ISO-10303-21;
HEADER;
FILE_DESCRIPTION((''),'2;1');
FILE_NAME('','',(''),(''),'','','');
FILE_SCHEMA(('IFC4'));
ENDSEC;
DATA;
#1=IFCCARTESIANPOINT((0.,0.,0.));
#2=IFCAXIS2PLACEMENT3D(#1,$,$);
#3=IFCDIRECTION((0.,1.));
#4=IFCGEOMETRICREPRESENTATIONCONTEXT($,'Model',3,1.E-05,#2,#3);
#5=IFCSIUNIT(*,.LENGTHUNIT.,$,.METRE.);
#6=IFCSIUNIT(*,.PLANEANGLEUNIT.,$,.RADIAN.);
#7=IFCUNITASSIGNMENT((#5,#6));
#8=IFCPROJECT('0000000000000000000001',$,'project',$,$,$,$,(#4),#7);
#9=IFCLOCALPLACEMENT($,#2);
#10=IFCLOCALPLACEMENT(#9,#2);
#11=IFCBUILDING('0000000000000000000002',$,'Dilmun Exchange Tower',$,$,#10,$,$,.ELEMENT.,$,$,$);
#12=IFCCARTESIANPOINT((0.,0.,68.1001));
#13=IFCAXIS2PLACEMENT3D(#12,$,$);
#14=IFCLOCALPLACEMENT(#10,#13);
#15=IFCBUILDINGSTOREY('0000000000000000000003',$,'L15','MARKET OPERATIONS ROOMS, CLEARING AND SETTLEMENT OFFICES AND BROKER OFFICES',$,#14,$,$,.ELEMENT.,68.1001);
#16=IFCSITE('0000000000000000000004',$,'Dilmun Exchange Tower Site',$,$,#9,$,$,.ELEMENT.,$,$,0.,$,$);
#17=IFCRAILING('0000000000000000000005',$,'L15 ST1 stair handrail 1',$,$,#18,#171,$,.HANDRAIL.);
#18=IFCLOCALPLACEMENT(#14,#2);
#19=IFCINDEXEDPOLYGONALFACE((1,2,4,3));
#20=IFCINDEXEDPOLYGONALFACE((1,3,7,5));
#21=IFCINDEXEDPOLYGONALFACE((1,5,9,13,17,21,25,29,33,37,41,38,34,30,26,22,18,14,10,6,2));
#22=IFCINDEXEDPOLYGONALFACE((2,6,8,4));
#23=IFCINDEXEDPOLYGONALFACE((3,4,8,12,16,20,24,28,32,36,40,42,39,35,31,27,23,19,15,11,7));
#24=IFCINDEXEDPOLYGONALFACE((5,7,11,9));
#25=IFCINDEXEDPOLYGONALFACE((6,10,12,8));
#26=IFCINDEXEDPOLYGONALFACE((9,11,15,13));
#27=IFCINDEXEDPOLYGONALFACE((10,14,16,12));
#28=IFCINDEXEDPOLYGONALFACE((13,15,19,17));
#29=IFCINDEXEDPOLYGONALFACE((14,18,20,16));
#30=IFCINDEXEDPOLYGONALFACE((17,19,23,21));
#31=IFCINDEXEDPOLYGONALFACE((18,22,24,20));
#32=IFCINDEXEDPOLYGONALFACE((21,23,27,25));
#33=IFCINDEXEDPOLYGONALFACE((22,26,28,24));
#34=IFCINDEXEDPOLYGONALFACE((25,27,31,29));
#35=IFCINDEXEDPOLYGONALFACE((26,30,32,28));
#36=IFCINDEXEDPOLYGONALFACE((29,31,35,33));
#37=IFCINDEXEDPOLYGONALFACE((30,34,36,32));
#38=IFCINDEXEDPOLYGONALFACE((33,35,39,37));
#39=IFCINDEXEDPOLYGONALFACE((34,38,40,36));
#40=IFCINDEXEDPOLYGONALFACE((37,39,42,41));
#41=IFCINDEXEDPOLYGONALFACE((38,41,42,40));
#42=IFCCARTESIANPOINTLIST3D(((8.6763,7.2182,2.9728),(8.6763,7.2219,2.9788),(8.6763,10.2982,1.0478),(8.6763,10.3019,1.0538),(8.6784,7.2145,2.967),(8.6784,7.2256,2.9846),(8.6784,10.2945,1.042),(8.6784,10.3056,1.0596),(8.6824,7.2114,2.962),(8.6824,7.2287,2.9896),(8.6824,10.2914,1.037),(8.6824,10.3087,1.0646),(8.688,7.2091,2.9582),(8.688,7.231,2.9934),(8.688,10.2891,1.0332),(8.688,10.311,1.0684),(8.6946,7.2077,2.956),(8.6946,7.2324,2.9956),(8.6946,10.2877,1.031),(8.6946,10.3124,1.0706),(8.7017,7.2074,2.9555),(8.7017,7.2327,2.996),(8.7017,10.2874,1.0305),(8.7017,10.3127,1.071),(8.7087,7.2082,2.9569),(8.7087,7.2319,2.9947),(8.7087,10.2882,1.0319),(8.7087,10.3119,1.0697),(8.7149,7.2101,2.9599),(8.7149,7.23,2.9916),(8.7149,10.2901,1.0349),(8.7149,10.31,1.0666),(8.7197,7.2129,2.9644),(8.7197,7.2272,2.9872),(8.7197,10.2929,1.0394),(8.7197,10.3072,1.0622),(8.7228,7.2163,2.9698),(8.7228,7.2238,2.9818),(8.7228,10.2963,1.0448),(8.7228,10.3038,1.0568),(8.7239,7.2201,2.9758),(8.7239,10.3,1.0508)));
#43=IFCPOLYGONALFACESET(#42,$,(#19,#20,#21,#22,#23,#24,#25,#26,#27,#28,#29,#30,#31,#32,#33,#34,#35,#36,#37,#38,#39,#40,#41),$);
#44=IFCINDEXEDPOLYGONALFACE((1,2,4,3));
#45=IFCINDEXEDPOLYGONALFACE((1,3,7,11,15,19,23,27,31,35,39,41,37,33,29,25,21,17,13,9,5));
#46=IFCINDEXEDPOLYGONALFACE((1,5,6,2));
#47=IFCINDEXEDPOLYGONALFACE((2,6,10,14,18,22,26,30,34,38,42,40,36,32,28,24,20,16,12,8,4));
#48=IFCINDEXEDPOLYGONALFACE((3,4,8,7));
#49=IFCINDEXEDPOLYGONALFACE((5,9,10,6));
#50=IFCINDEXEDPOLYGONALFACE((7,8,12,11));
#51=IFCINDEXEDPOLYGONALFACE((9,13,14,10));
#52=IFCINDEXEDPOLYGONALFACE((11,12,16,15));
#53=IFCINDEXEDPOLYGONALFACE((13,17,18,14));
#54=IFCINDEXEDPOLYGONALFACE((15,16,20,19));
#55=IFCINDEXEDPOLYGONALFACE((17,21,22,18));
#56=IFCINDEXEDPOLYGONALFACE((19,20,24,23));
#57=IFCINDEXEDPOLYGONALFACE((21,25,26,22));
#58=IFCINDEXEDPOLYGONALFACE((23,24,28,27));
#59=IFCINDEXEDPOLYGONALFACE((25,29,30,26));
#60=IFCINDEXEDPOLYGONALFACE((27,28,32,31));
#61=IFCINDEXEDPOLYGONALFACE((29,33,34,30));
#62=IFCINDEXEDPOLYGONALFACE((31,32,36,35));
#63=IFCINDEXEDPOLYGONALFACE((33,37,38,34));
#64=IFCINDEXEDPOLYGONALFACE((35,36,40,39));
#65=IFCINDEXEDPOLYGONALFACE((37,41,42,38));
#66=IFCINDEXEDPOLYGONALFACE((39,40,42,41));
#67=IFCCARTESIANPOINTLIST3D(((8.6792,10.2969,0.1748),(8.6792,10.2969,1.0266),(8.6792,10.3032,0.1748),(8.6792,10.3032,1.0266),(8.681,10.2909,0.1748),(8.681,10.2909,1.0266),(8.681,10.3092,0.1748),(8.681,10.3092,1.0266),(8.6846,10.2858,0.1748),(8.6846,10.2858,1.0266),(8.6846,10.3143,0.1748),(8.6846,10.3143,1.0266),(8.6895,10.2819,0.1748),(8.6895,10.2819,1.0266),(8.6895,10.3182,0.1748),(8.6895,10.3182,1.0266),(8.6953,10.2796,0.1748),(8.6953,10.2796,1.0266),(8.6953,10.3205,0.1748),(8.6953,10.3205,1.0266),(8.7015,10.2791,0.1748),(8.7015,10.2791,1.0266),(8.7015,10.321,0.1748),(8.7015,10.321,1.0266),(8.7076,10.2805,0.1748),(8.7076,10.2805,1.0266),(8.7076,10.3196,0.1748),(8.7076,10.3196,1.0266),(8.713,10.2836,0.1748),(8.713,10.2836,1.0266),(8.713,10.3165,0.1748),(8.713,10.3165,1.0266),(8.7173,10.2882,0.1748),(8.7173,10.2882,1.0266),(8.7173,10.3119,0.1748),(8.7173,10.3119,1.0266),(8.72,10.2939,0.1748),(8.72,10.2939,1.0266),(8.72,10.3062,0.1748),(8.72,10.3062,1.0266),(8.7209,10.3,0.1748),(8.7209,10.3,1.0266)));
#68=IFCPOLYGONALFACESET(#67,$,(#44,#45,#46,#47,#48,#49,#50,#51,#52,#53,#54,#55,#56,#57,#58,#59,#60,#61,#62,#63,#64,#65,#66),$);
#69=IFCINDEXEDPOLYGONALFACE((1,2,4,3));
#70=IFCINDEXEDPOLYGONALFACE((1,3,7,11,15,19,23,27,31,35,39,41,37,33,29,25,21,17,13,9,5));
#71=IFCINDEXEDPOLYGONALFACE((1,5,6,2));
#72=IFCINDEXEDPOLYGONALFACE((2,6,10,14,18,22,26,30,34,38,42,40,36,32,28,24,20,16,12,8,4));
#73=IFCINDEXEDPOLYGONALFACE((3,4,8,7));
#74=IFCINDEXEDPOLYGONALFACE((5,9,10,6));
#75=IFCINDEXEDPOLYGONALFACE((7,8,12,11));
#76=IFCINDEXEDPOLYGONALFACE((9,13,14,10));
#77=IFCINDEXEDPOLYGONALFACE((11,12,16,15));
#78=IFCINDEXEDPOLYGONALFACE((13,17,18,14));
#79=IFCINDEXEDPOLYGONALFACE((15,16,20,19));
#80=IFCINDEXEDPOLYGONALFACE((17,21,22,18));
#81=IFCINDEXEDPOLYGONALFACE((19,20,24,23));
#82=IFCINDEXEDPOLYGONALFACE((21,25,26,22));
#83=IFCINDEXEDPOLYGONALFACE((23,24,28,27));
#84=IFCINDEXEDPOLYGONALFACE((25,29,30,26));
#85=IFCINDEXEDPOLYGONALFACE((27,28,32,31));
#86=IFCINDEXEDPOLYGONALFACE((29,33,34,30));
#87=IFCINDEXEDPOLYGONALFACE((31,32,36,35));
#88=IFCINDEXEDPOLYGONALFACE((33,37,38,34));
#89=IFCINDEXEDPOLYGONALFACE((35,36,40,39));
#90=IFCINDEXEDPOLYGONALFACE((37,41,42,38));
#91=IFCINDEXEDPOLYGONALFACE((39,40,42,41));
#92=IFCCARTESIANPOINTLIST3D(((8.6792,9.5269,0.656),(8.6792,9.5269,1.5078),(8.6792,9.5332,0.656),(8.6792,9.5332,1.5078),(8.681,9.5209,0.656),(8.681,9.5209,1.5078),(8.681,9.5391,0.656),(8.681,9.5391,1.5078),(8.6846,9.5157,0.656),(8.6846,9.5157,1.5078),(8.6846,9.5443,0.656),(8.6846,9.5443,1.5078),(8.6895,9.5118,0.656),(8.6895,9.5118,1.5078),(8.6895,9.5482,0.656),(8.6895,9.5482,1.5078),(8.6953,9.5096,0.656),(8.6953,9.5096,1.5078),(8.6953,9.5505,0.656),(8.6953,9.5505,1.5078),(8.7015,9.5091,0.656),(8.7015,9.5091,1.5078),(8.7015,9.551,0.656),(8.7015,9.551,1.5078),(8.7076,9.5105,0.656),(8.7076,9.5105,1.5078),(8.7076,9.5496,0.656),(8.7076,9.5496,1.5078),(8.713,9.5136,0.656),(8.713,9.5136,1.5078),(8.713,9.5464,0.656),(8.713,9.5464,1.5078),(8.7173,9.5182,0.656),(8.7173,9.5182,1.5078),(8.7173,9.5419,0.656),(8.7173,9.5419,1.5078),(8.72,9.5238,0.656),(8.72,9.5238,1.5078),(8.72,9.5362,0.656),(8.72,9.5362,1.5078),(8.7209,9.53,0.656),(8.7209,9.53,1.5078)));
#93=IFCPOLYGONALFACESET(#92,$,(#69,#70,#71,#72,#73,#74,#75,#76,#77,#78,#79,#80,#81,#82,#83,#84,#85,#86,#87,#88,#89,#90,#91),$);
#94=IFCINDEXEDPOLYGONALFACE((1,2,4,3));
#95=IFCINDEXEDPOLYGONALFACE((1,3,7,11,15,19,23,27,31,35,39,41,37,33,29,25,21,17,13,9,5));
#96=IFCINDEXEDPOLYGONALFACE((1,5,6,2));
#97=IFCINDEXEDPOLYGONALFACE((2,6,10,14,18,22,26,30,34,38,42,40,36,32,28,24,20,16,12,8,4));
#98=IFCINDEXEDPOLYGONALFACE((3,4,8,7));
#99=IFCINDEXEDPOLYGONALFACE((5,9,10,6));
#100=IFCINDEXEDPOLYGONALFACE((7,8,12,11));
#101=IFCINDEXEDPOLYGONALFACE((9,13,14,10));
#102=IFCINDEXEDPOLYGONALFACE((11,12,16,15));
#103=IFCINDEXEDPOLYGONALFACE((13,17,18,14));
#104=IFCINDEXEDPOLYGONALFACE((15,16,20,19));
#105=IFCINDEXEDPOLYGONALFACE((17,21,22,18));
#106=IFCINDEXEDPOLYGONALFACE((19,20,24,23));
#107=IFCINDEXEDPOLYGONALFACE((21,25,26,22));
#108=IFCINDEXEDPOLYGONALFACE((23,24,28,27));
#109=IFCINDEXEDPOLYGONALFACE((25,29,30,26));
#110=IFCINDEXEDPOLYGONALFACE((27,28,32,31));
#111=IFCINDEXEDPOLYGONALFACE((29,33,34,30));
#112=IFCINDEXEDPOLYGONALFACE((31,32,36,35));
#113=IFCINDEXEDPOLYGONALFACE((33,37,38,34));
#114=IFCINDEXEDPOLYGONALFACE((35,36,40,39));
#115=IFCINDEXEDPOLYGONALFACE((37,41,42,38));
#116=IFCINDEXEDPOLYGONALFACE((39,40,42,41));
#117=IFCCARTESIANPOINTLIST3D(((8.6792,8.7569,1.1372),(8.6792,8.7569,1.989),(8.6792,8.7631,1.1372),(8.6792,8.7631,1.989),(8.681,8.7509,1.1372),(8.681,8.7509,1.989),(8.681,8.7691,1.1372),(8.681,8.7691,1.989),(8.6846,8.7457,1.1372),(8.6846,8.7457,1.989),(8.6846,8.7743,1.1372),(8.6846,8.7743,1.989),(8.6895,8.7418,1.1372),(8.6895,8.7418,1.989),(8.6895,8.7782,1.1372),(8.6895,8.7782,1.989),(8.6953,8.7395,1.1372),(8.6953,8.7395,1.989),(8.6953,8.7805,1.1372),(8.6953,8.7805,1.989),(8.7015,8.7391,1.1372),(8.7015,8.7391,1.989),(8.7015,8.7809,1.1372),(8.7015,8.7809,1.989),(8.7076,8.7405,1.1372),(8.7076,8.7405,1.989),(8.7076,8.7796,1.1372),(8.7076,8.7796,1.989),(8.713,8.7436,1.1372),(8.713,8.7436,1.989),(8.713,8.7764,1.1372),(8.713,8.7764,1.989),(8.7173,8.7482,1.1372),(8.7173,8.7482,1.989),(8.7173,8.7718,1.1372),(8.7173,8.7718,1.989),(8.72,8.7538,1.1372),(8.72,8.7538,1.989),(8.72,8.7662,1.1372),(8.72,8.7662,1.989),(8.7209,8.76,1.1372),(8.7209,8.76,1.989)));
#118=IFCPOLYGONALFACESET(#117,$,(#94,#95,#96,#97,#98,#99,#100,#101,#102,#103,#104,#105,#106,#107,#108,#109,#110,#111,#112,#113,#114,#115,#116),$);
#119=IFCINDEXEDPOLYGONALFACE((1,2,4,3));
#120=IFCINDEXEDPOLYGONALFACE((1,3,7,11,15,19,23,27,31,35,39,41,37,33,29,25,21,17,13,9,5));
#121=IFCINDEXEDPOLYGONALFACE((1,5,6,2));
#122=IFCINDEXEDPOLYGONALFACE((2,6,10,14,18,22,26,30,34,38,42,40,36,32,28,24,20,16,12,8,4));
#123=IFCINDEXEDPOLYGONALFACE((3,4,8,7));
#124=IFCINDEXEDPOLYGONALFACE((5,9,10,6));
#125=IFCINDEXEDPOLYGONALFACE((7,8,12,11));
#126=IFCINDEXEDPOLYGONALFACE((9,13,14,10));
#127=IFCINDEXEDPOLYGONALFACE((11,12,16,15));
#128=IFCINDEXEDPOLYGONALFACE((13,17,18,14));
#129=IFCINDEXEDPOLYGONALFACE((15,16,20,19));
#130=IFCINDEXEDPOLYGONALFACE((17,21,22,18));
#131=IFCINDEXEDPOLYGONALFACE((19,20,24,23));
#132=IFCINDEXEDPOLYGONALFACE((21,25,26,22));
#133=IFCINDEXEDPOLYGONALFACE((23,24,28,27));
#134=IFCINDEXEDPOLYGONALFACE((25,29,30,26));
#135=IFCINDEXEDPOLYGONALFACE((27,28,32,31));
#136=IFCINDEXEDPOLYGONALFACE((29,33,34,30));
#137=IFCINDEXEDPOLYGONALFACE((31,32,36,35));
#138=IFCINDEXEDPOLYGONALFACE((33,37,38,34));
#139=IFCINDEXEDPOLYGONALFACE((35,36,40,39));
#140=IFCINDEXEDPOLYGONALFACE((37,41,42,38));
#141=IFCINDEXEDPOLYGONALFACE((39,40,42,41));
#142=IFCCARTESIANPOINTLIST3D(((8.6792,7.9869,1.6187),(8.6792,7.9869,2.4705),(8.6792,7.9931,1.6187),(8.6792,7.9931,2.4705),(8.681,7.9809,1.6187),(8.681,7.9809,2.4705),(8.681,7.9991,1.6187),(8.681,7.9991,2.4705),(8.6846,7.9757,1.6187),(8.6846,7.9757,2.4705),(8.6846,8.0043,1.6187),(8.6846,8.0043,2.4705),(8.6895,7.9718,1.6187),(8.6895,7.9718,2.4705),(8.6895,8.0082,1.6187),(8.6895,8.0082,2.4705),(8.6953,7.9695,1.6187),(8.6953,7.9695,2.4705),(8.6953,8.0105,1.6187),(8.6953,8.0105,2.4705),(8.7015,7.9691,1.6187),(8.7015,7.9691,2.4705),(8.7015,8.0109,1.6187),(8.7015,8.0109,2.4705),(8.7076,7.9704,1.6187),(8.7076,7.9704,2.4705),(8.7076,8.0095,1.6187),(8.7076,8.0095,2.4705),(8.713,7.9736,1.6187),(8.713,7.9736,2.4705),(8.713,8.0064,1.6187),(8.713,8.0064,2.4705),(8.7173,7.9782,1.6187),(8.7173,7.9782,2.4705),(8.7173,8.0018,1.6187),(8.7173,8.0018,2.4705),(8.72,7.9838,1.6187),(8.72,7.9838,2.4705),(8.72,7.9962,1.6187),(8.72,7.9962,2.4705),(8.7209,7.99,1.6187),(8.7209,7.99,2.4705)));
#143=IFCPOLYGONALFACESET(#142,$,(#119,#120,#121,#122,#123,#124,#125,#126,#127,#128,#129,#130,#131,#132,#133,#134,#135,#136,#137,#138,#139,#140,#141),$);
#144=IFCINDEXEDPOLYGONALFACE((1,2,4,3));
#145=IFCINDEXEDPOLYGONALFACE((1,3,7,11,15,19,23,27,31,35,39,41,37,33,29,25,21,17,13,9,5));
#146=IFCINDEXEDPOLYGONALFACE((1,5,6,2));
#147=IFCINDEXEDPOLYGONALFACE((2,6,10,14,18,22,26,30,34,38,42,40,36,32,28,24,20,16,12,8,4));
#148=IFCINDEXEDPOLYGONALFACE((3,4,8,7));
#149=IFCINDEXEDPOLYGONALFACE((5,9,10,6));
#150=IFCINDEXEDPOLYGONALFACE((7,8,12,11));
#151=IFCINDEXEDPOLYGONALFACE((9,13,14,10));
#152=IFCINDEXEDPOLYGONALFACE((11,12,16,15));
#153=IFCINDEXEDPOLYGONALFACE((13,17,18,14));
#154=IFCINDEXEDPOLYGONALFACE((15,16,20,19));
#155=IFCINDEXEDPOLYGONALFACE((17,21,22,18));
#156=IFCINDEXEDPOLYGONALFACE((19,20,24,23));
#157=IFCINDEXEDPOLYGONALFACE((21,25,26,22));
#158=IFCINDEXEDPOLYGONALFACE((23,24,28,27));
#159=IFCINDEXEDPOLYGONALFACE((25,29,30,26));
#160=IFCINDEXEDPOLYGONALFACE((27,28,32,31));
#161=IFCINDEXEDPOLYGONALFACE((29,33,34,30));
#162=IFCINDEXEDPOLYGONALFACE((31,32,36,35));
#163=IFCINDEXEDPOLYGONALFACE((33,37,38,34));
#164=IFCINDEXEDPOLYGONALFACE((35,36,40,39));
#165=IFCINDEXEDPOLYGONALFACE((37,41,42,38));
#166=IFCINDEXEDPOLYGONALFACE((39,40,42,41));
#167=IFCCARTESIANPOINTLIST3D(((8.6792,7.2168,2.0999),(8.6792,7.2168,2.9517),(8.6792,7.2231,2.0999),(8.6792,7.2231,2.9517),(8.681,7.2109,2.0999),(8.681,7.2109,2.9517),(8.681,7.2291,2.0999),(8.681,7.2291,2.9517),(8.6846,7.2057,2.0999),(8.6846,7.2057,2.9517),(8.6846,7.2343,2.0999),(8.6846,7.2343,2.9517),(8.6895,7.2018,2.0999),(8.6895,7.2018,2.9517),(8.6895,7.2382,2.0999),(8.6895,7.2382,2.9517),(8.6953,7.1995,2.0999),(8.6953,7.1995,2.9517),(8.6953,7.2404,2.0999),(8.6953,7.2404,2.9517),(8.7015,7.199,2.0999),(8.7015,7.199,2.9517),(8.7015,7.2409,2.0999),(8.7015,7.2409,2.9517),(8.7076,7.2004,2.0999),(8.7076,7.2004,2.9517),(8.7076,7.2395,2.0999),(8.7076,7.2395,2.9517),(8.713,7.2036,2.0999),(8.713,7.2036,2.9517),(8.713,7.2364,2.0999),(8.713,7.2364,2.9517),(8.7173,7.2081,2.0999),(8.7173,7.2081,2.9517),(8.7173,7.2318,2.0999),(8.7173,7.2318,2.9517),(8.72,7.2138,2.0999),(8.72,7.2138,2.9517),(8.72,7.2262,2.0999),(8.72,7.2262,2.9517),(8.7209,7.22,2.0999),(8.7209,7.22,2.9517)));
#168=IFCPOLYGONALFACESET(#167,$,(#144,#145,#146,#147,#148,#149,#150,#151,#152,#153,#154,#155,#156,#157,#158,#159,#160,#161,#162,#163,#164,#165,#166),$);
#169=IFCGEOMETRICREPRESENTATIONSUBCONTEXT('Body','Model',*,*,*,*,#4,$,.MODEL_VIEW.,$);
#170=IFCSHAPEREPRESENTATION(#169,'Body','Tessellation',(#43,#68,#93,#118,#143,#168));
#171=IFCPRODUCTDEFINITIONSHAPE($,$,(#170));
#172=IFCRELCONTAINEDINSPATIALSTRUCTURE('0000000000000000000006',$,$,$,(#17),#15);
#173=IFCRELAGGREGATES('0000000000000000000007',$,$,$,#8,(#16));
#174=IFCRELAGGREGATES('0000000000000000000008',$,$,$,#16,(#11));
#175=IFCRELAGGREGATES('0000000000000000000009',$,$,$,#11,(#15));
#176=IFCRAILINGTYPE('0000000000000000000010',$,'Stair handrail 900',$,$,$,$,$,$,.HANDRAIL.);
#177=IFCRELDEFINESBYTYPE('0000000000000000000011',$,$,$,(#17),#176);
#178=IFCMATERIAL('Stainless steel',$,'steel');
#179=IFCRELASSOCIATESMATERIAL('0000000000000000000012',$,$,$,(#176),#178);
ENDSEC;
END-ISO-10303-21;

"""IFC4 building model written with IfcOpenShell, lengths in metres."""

from ifc_helpers import new_model, si_unit, direction, frame, origin, origin_2d, place, context, subcontext, project, spatial, circle, extrude, material, type_object, element, save


model = new_model("IFC4")

# Units and contexts
model_context = context("Model", 3, precision=1e-05, world=origin(), true_north=direction((0.0, 1.0)))
body_context = subcontext(model_context, "Body", "Model", "MODEL_VIEW")
ifc_project = project(units=[si_unit("LENGTHUNIT", "METRE"), si_unit("PLANEANGLEUNIT", "RADIAN")], contexts=[model_context])

# Site, building, storey
site_placement = place(None, origin())
site = spatial("IfcSite", under=ifc_project, at=site_placement, Name="Dilmun Exchange Tower Site", CompositionType="ELEMENT", RefElevation=0.0)
building_placement = place(site_placement, origin())
building = spatial("IfcBuilding", under=site, at=building_placement, Name="Dilmun Exchange Tower", CompositionType="ELEMENT")
storey_placement = place(building_placement, frame((0.0, 0.0, 68.1001)))
storey = spatial("IfcBuildingStorey", under=building, at=storey_placement, Name="L15", Description="MARKET OPERATIONS ROOMS, CLEARING AND SETTLEMENT OFFICES AND BROKER OFFICES", CompositionType="ELEMENT", Elevation=68.1001)

# Railing
ifc_material_1 = material(Name="Stainless steel", Category="steel")
railing_type = type_object("IfcRailingType", Name="Stair handrail 900", PredefinedType="HANDRAIL", material=ifc_material_1)
railing_1_placement = place(storey_placement, frame((8.7, 10.3, 0.1748)))
element("IfcRailing", 1, at=railing_1_placement, inside=storey, type_object=railing_type, Name="L15 ST1 stair handrail 1", PredefinedType="HANDRAIL", context=body_context, shape_type="SweptSolid", body=[
    extrude(circle(Radius=0.0239, at=origin_2d()), frame((0.0, 0.0, 0.876), z_axis=(0.0, -0.847998, 0.529999), x_axis=(1.0, 0.0, 0.0)), (0.0, 0.0, 1.0), 3.6321),
    extrude(circle(Radius=0.021, at=origin_2d()), origin(), (0.0, 0.0, 1.0), 0.8518),
    extrude(circle(Radius=0.021, at=origin_2d()), frame((0.0, -0.77, 0.4812)), (0.0, 0.0, 1.0), 0.8518),
    extrude(circle(Radius=0.021, at=origin_2d()), frame((0.0, -1.54, 0.9624)), (0.0, 0.0, 1.0), 0.8518),
    extrude(circle(Radius=0.021, at=origin_2d()), frame((0.0, -2.3101, 1.4438)), (0.0, 0.0, 1.0), 0.8518),
    extrude(circle(Radius=0.021, at=origin_2d()), frame((0.0, -3.0801, 1.925)), (0.0, 0.0, 1.0), 0.8518),
])

save(model, "model.ifc")
